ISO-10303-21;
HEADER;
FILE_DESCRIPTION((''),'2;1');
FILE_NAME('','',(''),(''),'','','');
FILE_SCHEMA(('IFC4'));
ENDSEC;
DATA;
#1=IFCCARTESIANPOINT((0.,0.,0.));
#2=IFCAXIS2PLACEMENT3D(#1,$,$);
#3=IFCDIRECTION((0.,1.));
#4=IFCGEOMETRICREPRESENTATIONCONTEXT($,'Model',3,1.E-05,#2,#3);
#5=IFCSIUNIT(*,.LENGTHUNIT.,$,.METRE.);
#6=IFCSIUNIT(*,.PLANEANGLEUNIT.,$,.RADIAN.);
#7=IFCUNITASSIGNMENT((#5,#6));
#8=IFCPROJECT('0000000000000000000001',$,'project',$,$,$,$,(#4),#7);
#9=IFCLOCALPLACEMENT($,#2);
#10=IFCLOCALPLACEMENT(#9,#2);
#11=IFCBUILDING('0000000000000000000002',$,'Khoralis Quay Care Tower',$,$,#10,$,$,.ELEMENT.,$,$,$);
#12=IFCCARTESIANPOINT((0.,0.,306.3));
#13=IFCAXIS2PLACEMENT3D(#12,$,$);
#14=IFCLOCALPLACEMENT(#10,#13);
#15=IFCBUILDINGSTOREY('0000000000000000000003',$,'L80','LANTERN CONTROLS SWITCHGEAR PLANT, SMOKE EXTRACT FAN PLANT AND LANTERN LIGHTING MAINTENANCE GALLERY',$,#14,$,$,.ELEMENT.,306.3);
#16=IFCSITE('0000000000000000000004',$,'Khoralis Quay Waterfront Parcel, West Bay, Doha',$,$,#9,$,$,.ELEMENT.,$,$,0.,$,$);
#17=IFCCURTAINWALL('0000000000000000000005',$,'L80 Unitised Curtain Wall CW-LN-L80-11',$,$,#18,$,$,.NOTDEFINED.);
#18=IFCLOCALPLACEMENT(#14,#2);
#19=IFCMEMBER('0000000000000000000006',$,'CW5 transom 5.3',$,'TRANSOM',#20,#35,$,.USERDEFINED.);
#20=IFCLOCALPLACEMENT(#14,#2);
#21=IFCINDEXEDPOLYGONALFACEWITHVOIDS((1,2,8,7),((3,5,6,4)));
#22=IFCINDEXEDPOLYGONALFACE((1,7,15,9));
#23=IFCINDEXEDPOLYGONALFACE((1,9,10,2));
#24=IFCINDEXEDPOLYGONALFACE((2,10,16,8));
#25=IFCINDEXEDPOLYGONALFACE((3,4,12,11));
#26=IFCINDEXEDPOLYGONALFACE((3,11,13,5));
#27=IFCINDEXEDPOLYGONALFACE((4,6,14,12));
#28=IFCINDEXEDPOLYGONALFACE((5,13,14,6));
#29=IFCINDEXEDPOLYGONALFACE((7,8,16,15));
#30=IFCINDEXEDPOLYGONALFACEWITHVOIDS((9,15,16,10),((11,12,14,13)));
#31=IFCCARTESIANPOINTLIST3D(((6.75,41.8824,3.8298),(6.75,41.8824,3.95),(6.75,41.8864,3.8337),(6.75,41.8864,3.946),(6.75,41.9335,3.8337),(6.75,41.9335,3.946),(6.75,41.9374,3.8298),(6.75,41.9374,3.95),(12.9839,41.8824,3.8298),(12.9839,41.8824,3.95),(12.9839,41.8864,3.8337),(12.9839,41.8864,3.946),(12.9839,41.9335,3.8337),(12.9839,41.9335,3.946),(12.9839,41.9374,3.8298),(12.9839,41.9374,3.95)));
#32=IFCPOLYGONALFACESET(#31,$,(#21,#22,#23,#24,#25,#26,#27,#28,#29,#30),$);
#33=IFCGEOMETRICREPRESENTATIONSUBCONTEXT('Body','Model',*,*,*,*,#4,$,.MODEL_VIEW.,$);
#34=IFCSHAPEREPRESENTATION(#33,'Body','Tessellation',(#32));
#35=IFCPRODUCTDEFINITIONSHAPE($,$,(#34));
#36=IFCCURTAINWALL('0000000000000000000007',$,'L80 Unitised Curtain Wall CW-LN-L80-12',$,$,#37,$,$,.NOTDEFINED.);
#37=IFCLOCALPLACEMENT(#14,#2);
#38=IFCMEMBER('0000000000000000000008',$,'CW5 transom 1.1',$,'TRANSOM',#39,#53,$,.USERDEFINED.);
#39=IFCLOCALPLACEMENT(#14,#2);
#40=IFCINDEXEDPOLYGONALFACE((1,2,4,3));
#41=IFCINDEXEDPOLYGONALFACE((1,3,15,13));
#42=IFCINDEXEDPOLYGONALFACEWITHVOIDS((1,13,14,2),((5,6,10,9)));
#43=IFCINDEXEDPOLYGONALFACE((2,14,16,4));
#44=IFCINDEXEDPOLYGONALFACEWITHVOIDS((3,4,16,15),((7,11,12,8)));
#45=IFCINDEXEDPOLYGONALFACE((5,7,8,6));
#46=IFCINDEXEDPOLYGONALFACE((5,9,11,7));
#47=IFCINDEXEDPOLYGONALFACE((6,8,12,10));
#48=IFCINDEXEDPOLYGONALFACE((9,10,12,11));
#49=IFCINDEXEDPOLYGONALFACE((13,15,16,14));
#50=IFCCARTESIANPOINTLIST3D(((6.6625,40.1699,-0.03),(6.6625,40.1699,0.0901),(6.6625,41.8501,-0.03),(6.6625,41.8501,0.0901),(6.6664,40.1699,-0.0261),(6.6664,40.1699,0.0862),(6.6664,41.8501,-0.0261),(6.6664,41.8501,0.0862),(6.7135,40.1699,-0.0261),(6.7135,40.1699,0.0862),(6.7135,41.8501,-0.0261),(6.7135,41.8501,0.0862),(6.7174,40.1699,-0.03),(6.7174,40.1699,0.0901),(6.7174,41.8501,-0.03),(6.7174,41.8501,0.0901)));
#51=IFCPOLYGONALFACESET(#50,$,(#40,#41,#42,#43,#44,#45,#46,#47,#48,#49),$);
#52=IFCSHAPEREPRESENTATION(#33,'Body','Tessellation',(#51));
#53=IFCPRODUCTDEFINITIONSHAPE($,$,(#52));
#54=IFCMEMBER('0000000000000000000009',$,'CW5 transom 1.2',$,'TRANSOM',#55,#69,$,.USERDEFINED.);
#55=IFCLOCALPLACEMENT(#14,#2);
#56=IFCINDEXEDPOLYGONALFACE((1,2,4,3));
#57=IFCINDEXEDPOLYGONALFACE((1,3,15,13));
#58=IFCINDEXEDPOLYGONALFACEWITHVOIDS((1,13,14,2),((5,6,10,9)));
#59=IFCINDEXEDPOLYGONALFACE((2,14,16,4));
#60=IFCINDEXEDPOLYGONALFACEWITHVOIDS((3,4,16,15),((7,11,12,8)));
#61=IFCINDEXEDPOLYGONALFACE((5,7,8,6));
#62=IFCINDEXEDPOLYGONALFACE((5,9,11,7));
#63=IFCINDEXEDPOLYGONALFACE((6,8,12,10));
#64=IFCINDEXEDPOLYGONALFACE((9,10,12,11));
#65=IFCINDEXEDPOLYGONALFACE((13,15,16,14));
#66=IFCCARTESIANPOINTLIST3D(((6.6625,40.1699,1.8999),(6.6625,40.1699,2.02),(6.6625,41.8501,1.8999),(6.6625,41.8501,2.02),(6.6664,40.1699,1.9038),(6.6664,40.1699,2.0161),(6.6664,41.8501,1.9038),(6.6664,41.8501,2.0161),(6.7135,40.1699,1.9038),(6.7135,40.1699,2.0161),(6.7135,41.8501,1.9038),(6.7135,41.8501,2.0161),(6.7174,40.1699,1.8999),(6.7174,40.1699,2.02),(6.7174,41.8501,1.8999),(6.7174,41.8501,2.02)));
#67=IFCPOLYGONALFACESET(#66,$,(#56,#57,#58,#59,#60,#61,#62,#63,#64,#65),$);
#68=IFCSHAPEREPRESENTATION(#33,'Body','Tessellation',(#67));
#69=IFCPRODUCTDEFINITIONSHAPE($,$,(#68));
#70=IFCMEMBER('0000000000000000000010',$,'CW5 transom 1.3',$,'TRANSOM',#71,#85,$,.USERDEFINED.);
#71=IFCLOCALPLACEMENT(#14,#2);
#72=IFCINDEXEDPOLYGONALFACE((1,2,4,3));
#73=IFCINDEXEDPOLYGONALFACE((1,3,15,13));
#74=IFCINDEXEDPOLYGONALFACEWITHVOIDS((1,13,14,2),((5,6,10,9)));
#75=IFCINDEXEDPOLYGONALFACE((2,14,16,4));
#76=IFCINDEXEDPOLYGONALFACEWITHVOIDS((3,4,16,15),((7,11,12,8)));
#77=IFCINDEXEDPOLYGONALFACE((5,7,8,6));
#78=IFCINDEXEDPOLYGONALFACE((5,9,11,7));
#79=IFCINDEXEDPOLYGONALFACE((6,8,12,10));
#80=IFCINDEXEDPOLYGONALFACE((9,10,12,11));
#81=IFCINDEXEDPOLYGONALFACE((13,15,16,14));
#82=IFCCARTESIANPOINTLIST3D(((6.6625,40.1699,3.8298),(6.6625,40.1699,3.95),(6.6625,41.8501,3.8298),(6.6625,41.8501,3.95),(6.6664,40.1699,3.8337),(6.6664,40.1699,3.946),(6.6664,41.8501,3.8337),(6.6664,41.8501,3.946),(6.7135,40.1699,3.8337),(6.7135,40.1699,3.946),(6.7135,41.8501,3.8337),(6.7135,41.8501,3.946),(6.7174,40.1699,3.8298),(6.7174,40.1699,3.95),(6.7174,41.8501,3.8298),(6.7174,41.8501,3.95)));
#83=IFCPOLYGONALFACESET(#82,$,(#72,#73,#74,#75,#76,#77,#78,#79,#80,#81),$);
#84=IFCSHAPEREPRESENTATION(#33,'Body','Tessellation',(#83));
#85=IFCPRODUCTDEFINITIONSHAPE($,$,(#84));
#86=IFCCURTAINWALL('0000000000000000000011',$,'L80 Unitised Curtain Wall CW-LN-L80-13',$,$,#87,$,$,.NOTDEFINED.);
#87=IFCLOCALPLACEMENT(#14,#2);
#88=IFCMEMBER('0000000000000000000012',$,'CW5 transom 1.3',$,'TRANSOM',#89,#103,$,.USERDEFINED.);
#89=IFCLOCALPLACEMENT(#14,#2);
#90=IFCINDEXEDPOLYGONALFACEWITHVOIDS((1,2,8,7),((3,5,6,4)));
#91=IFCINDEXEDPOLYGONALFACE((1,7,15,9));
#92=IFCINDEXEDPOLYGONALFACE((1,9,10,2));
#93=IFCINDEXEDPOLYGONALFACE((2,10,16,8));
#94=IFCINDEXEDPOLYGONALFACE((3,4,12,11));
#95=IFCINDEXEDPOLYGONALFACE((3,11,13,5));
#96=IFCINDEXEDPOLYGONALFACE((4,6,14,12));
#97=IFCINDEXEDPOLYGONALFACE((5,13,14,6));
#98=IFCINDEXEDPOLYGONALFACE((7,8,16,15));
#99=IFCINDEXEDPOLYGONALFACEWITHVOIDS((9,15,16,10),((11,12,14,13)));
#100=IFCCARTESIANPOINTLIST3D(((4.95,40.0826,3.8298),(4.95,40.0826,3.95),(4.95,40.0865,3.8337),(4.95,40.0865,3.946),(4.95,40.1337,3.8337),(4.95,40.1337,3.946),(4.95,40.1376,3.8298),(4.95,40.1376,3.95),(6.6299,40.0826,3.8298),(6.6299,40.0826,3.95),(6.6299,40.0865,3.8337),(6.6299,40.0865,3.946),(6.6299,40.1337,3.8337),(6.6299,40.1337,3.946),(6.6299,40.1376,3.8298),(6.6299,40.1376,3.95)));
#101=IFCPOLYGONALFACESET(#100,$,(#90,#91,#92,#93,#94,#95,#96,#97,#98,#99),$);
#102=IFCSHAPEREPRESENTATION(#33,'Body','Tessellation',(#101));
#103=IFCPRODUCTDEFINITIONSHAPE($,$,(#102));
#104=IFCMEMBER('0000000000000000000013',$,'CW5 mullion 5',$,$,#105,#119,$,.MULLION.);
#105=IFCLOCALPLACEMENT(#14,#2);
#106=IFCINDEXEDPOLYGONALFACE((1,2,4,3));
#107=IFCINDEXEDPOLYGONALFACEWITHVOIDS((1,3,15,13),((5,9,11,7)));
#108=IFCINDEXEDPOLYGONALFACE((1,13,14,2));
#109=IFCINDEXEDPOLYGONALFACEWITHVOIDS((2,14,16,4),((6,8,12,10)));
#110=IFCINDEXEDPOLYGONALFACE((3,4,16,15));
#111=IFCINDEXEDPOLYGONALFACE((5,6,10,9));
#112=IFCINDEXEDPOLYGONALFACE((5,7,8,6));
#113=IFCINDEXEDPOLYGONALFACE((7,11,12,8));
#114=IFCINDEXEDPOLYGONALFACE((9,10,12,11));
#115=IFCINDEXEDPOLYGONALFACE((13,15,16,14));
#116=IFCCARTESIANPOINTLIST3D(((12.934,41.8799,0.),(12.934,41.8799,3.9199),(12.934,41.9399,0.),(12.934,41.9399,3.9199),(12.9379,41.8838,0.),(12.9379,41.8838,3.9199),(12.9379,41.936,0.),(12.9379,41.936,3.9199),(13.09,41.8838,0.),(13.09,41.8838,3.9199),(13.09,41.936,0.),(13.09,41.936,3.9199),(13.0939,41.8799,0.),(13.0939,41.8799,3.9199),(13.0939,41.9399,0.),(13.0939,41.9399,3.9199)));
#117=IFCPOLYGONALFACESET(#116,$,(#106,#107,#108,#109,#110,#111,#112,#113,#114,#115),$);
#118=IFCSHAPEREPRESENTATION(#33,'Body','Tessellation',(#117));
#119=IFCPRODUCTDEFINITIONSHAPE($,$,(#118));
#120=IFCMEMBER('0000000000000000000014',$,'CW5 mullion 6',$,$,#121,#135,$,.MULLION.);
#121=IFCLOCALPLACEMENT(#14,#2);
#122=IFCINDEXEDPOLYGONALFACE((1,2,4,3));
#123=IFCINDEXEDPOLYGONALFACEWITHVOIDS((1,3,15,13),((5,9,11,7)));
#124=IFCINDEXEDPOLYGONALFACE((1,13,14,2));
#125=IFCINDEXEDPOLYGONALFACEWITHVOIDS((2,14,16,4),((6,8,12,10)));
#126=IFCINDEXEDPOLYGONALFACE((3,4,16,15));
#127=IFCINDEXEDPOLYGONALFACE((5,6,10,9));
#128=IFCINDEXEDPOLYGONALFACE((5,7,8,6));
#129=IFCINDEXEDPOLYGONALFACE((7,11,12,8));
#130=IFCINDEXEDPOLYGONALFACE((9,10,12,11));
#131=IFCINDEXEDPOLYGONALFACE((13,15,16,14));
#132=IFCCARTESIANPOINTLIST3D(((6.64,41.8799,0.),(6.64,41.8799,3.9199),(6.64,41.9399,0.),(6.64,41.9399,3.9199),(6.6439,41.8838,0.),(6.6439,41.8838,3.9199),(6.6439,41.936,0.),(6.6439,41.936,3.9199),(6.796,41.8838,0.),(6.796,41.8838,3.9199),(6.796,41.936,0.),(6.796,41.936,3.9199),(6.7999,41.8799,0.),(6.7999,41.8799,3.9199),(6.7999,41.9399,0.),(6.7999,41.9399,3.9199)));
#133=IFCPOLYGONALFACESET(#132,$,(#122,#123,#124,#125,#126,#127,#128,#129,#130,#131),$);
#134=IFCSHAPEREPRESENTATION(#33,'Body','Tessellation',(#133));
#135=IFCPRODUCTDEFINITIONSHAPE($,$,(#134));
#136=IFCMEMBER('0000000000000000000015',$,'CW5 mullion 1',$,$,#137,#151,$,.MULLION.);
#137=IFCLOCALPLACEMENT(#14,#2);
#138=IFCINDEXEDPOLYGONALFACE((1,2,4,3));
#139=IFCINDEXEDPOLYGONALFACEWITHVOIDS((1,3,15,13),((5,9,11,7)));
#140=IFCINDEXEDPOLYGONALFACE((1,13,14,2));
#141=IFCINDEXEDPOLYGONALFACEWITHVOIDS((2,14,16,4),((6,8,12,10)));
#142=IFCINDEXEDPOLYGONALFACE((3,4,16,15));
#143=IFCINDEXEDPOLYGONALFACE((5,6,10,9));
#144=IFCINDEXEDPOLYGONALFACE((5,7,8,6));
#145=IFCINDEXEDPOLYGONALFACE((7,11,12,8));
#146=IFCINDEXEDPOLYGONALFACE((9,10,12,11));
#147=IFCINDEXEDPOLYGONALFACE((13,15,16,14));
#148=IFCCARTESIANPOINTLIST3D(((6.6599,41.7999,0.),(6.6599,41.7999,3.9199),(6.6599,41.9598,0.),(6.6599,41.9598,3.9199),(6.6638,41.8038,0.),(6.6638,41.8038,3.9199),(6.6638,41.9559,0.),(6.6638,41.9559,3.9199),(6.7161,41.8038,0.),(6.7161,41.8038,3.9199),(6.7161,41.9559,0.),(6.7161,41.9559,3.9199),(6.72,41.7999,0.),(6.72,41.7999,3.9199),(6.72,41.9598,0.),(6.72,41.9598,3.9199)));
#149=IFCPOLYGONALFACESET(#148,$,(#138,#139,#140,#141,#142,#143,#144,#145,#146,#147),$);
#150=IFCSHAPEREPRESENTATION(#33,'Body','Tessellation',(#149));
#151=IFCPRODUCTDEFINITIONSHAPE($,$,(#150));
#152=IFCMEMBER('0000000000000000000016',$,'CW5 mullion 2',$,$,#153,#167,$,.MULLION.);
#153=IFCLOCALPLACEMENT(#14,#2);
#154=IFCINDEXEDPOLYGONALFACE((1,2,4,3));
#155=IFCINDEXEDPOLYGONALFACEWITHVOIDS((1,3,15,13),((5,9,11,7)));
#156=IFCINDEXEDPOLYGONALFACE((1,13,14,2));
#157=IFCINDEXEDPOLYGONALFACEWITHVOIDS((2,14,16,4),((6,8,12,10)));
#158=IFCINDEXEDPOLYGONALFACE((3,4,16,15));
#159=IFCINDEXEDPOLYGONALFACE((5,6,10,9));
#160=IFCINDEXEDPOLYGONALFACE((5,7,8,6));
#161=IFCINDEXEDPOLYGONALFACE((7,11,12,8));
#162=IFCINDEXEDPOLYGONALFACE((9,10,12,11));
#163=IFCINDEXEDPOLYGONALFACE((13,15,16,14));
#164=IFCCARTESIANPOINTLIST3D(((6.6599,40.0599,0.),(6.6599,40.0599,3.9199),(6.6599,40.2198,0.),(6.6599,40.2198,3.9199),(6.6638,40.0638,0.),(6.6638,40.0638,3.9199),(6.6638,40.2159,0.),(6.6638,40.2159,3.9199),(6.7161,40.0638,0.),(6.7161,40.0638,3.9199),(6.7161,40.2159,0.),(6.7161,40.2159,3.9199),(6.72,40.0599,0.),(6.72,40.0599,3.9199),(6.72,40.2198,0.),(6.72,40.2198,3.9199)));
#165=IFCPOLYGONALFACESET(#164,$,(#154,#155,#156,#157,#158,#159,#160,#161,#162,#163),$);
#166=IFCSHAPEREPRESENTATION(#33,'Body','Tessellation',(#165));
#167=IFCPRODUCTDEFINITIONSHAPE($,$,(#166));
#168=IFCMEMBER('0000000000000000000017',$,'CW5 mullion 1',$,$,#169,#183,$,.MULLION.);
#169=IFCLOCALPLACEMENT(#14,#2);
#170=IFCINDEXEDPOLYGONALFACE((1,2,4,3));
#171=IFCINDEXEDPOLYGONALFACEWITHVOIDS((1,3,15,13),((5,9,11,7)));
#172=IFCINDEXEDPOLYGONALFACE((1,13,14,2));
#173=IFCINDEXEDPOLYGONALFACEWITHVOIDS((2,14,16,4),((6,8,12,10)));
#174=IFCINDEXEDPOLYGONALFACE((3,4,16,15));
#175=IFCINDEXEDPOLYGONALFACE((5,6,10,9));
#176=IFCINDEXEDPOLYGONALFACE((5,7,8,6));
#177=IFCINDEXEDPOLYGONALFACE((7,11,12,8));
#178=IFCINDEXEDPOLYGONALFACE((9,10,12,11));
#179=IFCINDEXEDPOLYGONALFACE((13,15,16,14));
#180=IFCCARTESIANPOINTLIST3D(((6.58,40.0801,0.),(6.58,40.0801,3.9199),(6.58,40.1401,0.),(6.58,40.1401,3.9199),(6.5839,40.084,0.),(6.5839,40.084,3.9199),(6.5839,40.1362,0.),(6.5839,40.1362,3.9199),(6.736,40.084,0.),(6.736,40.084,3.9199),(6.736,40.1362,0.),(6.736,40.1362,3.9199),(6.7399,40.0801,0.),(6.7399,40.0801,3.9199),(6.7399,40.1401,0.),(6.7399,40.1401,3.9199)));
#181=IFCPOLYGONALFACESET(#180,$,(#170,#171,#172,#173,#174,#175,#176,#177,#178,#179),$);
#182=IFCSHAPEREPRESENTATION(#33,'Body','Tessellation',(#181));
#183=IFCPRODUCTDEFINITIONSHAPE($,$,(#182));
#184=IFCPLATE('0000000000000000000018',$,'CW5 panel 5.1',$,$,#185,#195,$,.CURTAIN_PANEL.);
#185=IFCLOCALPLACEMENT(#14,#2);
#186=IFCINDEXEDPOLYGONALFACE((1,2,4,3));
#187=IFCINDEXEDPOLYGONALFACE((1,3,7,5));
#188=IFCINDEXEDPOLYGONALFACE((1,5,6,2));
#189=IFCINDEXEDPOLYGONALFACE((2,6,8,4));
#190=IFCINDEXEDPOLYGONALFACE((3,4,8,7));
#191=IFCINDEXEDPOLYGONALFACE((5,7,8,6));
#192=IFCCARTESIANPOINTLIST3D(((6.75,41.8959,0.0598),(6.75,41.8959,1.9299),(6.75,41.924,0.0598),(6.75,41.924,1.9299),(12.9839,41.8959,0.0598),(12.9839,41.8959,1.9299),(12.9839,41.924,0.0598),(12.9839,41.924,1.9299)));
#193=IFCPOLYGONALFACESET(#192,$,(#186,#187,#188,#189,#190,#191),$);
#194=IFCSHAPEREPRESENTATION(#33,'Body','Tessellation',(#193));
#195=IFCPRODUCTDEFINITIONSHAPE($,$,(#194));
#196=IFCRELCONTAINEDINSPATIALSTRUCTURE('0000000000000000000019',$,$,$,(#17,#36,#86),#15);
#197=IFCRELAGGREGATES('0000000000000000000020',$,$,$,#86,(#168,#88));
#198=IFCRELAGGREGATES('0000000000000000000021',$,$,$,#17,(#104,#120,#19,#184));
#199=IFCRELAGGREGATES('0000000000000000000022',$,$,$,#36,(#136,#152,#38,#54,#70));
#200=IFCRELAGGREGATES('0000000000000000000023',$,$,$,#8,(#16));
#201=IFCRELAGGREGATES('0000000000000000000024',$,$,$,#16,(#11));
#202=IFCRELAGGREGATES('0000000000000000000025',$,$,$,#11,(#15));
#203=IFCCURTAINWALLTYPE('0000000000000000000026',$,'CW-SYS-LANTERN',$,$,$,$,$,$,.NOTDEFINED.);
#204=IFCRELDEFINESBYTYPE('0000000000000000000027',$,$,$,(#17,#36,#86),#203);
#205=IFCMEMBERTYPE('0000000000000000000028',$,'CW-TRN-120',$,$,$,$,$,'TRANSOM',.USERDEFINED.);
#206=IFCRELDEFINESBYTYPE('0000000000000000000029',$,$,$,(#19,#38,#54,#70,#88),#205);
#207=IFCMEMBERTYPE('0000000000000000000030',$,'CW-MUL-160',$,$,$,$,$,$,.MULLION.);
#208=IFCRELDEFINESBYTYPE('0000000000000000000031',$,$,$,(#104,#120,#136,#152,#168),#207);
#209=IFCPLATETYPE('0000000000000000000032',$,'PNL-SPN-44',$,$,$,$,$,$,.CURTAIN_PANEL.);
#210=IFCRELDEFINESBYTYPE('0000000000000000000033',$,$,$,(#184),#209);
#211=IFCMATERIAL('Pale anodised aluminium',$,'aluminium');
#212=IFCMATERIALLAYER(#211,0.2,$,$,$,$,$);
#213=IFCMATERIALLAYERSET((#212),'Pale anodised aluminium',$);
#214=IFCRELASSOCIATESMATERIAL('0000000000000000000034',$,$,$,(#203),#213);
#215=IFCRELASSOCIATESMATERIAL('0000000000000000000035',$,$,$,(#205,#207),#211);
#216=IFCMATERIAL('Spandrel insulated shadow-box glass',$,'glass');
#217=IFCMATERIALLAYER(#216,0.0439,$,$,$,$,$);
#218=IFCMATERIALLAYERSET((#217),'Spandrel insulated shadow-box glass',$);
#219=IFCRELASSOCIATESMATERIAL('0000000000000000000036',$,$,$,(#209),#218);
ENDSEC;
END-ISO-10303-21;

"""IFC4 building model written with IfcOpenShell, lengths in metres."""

from ifc_helpers import new_model, si_unit, direction, frame, origin, origin_2d, place, context, subcontext, project, spatial, rectangle, hollow_rectangle, extrude, source, transform, mapped, material, layer, layer_set, material_profile, profile_set, type_object, element, aggregate, save


model = new_model("IFC4")

# Units and contexts
model_context = context("Model", 3, precision=1e-05, world=origin(), true_north=direction((0.0, 1.0)))
body_context = subcontext(model_context, "Body", "Model", "MODEL_VIEW")
ifc_project = project(units=[si_unit("LENGTHUNIT", "METRE"), si_unit("PLANEANGLEUNIT", "RADIAN")], contexts=[model_context])

# Site, building, storey
site_placement = place(None, origin())
site = spatial("IfcSite", under=ifc_project, at=site_placement, Name="Khoralis Quay Waterfront Parcel, West Bay, Doha", CompositionType="ELEMENT", RefElevation=0.0)
building_placement = place(site_placement, origin())
building = spatial("IfcBuilding", under=site, at=building_placement, Name="Khoralis Quay Care Tower", CompositionType="ELEMENT")
storey_placement = place(building_placement, frame((0.0, 0.0, 306.3)))
storey = spatial("IfcBuildingStorey", under=building, at=storey_placement, Name="L80", Description="LANTERN CONTROLS SWITCHGEAR PLANT, SMOKE EXTRACT FAN PLANT AND LANTERN LIGHTING MAINTENANCE GALLERY", CompositionType="ELEMENT", Elevation=306.3)

# Curtain walls, members
ifc_material_1 = material(Name="Pale anodised aluminium", Category="aluminium")
ifc_layer_1 = layer(ifc_material_1, 0.2)
ifc_layer_set_1 = layer_set([ifc_layer_1], Name="Pale anodised aluminium")
curtain_wall_type = type_object("IfcCurtainWallType", Name="CW-SYS-LANTERN", PredefinedType="NOTDEFINED", material=ifc_layer_set_1)
curtain_wall_1_placement = place(storey_placement, origin())
curtain_wall_1 = element("IfcCurtainWall", 1, at=curtain_wall_1_placement, inside=storey, type_object=curtain_wall_type, Name="L80 Unitised Curtain Wall CW-LN-L80-11", PredefinedType="NOTDEFINED")
ifc_material_profile_1 = material_profile(ifc_material_1, hollow_rectangle(XDim=0.0549, YDim=0.1201, WallThickness=0.0039, at=origin_2d()), Name="Pale anodised aluminium")
ifc_profile_set_1 = profile_set([ifc_material_profile_1], Name="Pale anodised aluminium")
member_type_1 = type_object("IfcMemberType", Name="CW-TRN-120", ElementType="TRANSOM", PredefinedType="USERDEFINED", material=ifc_profile_set_1)
shared_shape_1 = source(origin(), body_context, "Body", "SweptSolid", [
    extrude(hollow_rectangle(XDim=0.0549, YDim=0.1201, WallThickness=0.0039, at=origin_2d()), origin(), (0.0, 0.0, 1.0), 6.2339),
])
member_1_placement = place(storey_placement, frame((12.9839, 41.9099, 3.8899), z_axis=(-1.0, 0.0, 0.0), x_axis=(0.0, -1.0, 0.0)))
member_1 = element("IfcMember", 2, at=member_1_placement, type_object=member_type_1, Name="CW5 transom 5.3", ObjectType="TRANSOM", PredefinedType="USERDEFINED", context=body_context, shape_type="MappedRepresentation", body=[
    mapped(shared_shape_1, transform((0.0, 0.0, 0.0), scale=1.0)),
])
curtain_wall_2_placement = place(storey_placement, origin())
curtain_wall_2 = element("IfcCurtainWall", 3, at=curtain_wall_2_placement, inside=storey, type_object=curtain_wall_type, Name="L80 Unitised Curtain Wall CW-LN-L80-12", PredefinedType="NOTDEFINED")
shared_shape_2 = source(origin(), body_context, "Body", "SweptSolid", [
    extrude(hollow_rectangle(XDim=0.0549, YDim=0.1201, WallThickness=0.0039, at=origin_2d()), origin(), (0.0, 0.0, 1.0), 1.6802),
])
member_2_placement = place(storey_placement, frame((6.6899, 41.8501, 0.03), z_axis=(0.0, -1.0, 0.0), x_axis=(1.0, 0.0, 0.0)))
member_2 = element("IfcMember", 4, at=member_2_placement, type_object=member_type_1, Name="CW5 transom 1.1", ObjectType="TRANSOM", PredefinedType="USERDEFINED", context=body_context, shape_type="MappedRepresentation", body=[
    mapped(shared_shape_2, transform((0.0, 0.0, 0.0), scale=1.0)),
])
member_3_placement = place(storey_placement, frame((6.6899, 41.8501, 1.96), z_axis=(0.0, -1.0, 0.0), x_axis=(1.0, 0.0, 0.0)))
member_3 = element("IfcMember", 5, at=member_3_placement, type_object=member_type_1, Name="CW5 transom 1.2", ObjectType="TRANSOM", PredefinedType="USERDEFINED", context=body_context, shape_type="MappedRepresentation", body=[
    mapped(shared_shape_2, transform((0.0, 0.0, 0.0), scale=1.0)),
])
member_4_placement = place(storey_placement, frame((6.6899, 41.8501, 3.8899), z_axis=(0.0, -1.0, 0.0), x_axis=(1.0, 0.0, 0.0)))
member_4 = element("IfcMember", 6, at=member_4_placement, type_object=member_type_1, Name="CW5 transom 1.3", ObjectType="TRANSOM", PredefinedType="USERDEFINED", context=body_context, shape_type="MappedRepresentation", body=[
    mapped(shared_shape_2, transform((0.0, 0.0, 0.0), scale=1.0)),
])

# Curtain wall, member
curtain_wall_3_placement = place(storey_placement, origin())
curtain_wall_3 = element("IfcCurtainWall", 7, at=curtain_wall_3_placement, inside=storey, type_object=curtain_wall_type, Name="L80 Unitised Curtain Wall CW-LN-L80-13", PredefinedType="NOTDEFINED")
shared_shape_3 = source(origin(), body_context, "Body", "SweptSolid", [
    extrude(hollow_rectangle(XDim=0.0549, YDim=0.1201, WallThickness=0.0039, at=origin_2d()), origin(), (0.0, 0.0, 1.0), 1.6799),
])
member_5_placement = place(storey_placement, frame((6.6299, 40.1101, 3.8899), z_axis=(-1.0, 0.0, 0.0), x_axis=(0.0, -1.0, 0.0)))
member_5 = element("IfcMember", 8, at=member_5_placement, type_object=member_type_1, Name="CW5 transom 1.3", ObjectType="TRANSOM", PredefinedType="USERDEFINED", context=body_context, shape_type="MappedRepresentation", body=[
    mapped(shared_shape_3, transform((0.0, 0.0, 0.0), scale=1.0)),
])

# Members
ifc_material_profile_2 = material_profile(ifc_material_1, hollow_rectangle(XDim=0.0601, YDim=0.1599, WallThickness=0.0039, at=origin_2d()), Name="Pale anodised aluminium")
ifc_profile_set_2 = profile_set([ifc_material_profile_2], Name="Pale anodised aluminium")
member_type_2 = type_object("IfcMemberType", Name="CW-MUL-160", PredefinedType="MULLION", material=ifc_profile_set_2)
shared_shape_4 = source(origin(), body_context, "Body", "SweptSolid", [
    extrude(hollow_rectangle(XDim=0.0601, YDim=0.1599, WallThickness=0.0039, at=origin_2d()), origin(), (0.0, 0.0, 1.0), 3.9199),
])
member_6_placement = place(storey_placement, frame((13.0139, 41.9099, 0.0), z_axis=(0.0, 0.0, 1.0), x_axis=(0.0, -1.0, 0.0)))
member_6 = element("IfcMember", 9, at=member_6_placement, type_object=member_type_2, Name="CW5 mullion 5", PredefinedType="MULLION", context=body_context, shape_type="MappedRepresentation", body=[
    mapped(shared_shape_4, transform((0.0, 0.0, 0.0), scale=1.0)),
])
member_7_placement = place(storey_placement, frame((6.72, 41.9099, 0.0), z_axis=(0.0, 0.0, 1.0), x_axis=(0.0, -1.0, 0.0)))
member_7 = element("IfcMember", 10, at=member_7_placement, type_object=member_type_2, Name="CW5 mullion 6", PredefinedType="MULLION", context=body_context, shape_type="MappedRepresentation", body=[
    mapped(shared_shape_4, transform((0.0, 0.0, 0.0), scale=1.0)),
])
member_8_placement = place(storey_placement, frame((6.6899, 41.8799, 0.0), z_axis=(0.0, 0.0, 1.0), x_axis=(1.0, 0.0, 0.0)))
member_8 = element("IfcMember", 11, at=member_8_placement, type_object=member_type_2, Name="CW5 mullion 1", PredefinedType="MULLION", context=body_context, shape_type="MappedRepresentation", body=[
    mapped(shared_shape_4, transform((0.0, 0.0, 0.0), scale=1.0)),
])
member_9_placement = place(storey_placement, frame((6.6899, 40.1399, 0.0), z_axis=(0.0, 0.0, 1.0), x_axis=(1.0, 0.0, 0.0)))
member_9 = element("IfcMember", 12, at=member_9_placement, type_object=member_type_2, Name="CW5 mullion 2", PredefinedType="MULLION", context=body_context, shape_type="MappedRepresentation", body=[
    mapped(shared_shape_4, transform((0.0, 0.0, 0.0), scale=1.0)),
])
member_10_placement = place(storey_placement, frame((6.6599, 40.1101, 0.0), z_axis=(0.0, 0.0, 1.0), x_axis=(0.0, -1.0, 0.0)))
member_10 = element("IfcMember", 13, at=member_10_placement, type_object=member_type_2, Name="CW5 mullion 1", PredefinedType="MULLION", context=body_context, shape_type="MappedRepresentation", body=[
    mapped(shared_shape_4, transform((0.0, 0.0, 0.0), scale=1.0)),
])
aggregate(curtain_wall_3, [member_10, member_5])

# Plate
ifc_material_2 = material(Name="Spandrel insulated shadow-box glass", Category="glass")
ifc_layer_2 = layer(ifc_material_2, 0.0439)
ifc_layer_set_2 = layer_set([ifc_layer_2], Name="Spandrel insulated shadow-box glass")
plate_type = type_object("IfcPlateType", Name="PNL-SPN-44", PredefinedType="CURTAIN_PANEL", material=ifc_layer_set_2)
shared_shape_5 = source(origin(), body_context, "Body", "SweptSolid", [
    extrude(rectangle(XDim=6.2339, YDim=0.0281, at=origin_2d()), origin(), (0.0, 0.0, 1.0), 1.8701),
])
plate_1_placement = place(storey_placement, frame((9.8669, 41.9099, 0.0598), z_axis=(0.0, 0.0, 1.0), x_axis=(-1.0, 0.0, 0.0)))
plate_1 = element("IfcPlate", 14, at=plate_1_placement, type_object=plate_type, Name="CW5 panel 5.1", PredefinedType="CURTAIN_PANEL", context=body_context, shape_type="MappedRepresentation", body=[
    mapped(shared_shape_5, transform((0.0, 0.0, 0.0), scale=1.0)),
])
aggregate(curtain_wall_1, [member_6, member_7, member_1, plate_1])
aggregate(curtain_wall_2, [member_8, member_9, member_2, member_3, member_4])

save(model, "model.ifc")
